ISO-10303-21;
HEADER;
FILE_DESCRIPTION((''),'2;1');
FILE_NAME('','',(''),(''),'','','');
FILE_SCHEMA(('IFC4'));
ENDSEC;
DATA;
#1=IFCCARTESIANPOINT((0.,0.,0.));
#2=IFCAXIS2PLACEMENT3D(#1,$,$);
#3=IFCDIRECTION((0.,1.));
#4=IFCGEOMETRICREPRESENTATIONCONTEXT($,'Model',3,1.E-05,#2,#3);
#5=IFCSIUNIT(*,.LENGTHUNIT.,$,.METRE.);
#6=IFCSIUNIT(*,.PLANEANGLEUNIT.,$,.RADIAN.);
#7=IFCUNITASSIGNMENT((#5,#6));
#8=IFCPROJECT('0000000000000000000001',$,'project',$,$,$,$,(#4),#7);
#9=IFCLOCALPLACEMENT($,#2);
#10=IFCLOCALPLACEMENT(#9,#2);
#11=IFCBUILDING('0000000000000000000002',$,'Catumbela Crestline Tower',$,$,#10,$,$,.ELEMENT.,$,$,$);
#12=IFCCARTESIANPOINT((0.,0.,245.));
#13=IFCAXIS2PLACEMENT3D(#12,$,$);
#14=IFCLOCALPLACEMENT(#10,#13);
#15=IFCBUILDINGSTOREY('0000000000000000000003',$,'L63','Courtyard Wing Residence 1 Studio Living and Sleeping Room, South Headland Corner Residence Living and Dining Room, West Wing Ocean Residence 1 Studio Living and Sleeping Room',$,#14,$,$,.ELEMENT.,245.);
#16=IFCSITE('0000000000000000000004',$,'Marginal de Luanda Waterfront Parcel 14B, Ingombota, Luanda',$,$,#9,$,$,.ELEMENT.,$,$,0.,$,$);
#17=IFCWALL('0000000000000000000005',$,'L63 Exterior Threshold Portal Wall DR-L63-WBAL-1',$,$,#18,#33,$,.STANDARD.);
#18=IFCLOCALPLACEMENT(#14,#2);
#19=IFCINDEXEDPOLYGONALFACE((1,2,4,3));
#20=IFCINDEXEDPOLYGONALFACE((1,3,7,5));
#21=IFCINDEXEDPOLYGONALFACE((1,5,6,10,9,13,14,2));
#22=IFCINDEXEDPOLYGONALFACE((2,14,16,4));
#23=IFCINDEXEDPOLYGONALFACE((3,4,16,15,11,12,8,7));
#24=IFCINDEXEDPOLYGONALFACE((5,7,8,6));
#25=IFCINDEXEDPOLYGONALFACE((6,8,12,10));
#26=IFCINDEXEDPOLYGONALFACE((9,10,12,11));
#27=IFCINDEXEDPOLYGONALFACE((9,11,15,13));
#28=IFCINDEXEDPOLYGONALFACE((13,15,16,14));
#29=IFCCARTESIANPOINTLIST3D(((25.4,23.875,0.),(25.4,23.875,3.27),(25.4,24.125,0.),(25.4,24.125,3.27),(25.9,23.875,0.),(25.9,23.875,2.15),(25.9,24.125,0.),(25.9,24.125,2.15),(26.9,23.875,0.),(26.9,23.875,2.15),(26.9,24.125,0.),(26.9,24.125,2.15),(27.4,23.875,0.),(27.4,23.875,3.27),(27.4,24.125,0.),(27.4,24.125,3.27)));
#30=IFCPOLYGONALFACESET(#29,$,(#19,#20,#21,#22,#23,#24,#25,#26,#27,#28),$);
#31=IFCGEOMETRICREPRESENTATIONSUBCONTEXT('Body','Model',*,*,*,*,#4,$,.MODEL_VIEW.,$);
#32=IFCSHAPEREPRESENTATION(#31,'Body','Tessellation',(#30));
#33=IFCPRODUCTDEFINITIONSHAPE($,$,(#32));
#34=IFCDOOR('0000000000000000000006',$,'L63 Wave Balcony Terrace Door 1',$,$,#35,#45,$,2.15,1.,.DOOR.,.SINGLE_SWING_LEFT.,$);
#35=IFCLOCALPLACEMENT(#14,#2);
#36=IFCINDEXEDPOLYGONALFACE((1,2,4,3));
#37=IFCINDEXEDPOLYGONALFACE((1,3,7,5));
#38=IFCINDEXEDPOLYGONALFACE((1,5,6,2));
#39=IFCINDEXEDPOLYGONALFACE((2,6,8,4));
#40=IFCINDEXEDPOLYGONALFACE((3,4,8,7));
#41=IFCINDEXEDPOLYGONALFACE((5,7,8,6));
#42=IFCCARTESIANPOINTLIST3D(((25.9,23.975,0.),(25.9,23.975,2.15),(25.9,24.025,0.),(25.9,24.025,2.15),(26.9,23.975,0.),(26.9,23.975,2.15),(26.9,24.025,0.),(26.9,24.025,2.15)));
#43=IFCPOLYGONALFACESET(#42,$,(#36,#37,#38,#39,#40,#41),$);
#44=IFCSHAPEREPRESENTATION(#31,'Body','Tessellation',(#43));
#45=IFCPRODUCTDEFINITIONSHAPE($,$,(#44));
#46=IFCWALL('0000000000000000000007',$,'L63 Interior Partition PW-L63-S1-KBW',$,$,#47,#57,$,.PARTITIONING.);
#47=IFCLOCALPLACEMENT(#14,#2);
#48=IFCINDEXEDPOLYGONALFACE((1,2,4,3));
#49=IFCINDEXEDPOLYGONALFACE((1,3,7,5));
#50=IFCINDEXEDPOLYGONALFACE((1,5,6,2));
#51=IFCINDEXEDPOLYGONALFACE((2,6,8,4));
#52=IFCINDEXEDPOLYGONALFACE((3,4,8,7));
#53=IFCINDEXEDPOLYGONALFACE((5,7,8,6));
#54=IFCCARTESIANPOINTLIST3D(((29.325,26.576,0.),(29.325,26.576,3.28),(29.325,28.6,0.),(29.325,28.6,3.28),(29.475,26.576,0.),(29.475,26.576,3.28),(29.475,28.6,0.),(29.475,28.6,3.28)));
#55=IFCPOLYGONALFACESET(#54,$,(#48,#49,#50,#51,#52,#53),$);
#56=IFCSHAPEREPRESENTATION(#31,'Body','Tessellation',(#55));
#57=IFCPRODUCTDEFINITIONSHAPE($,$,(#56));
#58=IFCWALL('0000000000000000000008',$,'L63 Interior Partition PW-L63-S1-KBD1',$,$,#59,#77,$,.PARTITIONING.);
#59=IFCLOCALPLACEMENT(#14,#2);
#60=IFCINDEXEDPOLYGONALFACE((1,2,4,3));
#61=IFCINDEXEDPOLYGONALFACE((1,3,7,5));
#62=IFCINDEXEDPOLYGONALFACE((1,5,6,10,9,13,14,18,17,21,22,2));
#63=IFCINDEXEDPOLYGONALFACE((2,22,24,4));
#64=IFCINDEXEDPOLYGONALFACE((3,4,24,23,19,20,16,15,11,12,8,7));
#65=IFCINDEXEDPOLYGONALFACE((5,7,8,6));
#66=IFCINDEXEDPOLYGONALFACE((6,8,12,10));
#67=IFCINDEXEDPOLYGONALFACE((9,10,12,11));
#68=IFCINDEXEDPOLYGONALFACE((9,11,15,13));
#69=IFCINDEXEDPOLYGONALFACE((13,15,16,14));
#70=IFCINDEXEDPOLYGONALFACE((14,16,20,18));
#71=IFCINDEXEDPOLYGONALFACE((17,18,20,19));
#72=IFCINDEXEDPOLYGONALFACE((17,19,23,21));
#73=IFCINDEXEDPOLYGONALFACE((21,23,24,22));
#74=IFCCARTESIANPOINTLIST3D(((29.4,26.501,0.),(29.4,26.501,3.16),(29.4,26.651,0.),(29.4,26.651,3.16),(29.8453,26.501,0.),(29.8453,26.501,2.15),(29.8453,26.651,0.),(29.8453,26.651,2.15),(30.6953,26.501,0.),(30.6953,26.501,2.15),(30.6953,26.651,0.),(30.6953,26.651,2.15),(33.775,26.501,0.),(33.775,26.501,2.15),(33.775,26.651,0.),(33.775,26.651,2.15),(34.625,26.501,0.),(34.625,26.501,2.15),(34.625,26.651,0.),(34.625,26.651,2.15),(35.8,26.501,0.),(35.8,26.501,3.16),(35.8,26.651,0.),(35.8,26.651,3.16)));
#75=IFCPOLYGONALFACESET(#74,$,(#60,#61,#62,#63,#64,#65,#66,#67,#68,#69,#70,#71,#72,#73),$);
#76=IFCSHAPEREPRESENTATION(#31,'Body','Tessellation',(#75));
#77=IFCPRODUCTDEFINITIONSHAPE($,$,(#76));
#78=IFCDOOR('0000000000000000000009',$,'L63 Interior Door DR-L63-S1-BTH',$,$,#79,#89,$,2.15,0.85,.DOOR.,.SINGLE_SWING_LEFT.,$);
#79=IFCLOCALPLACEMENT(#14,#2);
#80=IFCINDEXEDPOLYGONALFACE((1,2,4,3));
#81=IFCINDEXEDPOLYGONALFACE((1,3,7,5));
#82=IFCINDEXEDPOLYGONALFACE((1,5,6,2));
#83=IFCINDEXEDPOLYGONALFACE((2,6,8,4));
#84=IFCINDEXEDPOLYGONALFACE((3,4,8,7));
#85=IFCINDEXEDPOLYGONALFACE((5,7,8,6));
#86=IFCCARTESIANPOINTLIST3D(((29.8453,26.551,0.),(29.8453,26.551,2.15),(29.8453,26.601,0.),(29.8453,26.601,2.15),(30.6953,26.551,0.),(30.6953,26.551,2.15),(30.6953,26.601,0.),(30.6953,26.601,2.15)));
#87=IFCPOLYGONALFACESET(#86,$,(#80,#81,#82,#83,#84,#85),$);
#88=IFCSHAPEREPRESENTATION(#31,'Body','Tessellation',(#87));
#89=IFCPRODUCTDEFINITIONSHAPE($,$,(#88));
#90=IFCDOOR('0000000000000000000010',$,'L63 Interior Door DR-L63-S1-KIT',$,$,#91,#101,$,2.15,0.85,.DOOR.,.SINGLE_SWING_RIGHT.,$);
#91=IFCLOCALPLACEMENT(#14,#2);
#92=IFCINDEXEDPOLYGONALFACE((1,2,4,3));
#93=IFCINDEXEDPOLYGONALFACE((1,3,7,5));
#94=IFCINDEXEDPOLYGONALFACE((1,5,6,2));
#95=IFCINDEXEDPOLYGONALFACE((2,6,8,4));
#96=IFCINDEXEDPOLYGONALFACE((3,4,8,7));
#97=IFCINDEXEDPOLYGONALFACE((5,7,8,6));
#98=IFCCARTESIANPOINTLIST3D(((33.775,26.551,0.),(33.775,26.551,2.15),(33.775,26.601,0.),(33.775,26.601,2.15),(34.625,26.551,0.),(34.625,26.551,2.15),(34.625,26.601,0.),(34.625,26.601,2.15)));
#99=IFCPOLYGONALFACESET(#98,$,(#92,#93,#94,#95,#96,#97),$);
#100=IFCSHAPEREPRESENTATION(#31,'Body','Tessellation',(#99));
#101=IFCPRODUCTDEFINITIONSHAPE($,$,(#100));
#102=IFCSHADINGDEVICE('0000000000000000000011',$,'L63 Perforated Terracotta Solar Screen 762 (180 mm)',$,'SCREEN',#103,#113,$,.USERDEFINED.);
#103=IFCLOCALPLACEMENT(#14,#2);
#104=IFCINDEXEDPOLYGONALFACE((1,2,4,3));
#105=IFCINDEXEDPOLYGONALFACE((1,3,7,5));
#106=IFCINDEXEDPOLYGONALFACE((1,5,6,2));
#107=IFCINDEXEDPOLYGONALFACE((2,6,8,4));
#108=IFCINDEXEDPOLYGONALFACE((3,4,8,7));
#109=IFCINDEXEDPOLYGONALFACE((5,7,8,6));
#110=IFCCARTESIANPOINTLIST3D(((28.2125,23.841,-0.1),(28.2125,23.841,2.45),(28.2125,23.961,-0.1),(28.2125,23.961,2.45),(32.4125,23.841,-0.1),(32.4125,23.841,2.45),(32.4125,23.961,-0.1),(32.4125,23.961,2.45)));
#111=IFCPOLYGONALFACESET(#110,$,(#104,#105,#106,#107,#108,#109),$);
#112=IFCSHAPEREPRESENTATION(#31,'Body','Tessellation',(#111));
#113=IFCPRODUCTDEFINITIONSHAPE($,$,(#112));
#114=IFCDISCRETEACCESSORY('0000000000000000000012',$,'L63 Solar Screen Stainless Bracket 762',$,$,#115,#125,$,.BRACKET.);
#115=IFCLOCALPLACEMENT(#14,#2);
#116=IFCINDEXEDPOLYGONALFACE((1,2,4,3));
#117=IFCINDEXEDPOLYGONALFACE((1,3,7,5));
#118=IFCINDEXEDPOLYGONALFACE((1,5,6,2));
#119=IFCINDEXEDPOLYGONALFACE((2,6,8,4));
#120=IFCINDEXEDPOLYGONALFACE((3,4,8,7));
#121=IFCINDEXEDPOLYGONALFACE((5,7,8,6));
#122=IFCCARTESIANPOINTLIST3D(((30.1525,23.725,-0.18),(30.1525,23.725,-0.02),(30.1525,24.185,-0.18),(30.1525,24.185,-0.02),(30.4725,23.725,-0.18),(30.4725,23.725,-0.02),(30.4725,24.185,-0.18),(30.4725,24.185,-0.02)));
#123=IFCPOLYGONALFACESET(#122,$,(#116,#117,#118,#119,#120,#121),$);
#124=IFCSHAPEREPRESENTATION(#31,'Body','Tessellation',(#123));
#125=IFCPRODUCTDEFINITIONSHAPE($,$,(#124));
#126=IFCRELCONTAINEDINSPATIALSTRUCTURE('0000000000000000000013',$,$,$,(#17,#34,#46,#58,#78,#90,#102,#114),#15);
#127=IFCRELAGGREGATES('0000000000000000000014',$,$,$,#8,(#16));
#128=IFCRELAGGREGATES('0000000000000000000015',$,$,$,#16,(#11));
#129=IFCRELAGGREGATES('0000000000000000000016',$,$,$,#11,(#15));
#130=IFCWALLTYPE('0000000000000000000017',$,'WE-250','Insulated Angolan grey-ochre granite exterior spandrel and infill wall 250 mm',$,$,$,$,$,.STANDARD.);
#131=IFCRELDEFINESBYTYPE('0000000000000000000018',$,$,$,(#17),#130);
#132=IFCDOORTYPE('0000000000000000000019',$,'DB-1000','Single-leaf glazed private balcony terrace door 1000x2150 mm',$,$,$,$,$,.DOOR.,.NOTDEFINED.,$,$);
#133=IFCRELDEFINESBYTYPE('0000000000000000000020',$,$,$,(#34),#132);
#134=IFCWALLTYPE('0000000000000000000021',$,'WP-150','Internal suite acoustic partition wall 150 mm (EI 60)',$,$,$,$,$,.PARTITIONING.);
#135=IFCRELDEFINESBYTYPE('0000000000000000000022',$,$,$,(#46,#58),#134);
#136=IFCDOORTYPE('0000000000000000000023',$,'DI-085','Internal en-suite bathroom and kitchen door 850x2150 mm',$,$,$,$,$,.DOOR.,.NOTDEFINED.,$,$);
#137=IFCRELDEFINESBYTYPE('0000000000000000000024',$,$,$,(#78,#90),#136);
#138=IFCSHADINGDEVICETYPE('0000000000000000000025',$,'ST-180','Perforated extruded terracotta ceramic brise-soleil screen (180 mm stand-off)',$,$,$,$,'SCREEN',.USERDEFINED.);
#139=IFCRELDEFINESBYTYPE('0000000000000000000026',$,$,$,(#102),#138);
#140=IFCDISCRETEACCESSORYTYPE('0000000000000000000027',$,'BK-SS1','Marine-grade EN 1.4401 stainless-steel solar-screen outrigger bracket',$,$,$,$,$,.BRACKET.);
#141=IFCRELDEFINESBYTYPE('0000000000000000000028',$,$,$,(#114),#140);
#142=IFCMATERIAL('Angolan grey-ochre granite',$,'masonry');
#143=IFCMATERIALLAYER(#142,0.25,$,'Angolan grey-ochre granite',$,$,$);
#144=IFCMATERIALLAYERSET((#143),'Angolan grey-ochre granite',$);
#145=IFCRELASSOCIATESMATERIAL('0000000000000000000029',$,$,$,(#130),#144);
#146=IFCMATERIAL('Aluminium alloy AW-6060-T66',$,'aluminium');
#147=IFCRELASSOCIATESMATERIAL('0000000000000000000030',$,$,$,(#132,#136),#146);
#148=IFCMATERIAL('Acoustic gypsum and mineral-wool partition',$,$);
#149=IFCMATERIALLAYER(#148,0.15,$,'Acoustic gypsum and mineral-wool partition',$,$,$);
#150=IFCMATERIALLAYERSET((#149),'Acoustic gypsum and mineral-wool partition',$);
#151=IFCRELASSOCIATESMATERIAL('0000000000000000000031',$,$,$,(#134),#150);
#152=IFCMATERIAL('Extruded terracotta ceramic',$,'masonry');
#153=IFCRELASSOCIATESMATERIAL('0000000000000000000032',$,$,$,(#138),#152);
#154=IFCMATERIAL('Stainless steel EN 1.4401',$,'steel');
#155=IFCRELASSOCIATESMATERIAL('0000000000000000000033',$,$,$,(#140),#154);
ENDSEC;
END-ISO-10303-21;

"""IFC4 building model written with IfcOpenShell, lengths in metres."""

from ifc_helpers import new_model, si_unit, direction, frame, frame_2d, origin, origin_2d, place, context, subcontext, project, spatial, rectangle, extrude, material, layer, layer_set, type_object, element, fill, save


model = new_model("IFC4")

# Units and contexts
model_context = context("Model", 3, precision=1e-05, world=origin(), true_north=direction((0.0, 1.0)))
body_context = subcontext(model_context, "Body", "Model", "MODEL_VIEW")
ifc_project = project(units=[si_unit("LENGTHUNIT", "METRE"), si_unit("PLANEANGLEUNIT", "RADIAN")], contexts=[model_context])

# Site, building, storey
site_placement = place(None, origin())
site = spatial("IfcSite", under=ifc_project, at=site_placement, Name="Marginal de Luanda Waterfront Parcel 14B, Ingombota, Luanda", CompositionType="ELEMENT", RefElevation=0.0)
building_placement = place(site_placement, origin())
building = spatial("IfcBuilding", under=site, at=building_placement, Name="Catumbela Crestline Tower", CompositionType="ELEMENT")
storey_placement = place(building_placement, frame((0.0, 0.0, 245.0)))
storey = spatial("IfcBuildingStorey", under=building, at=storey_placement, Name="L63", Description="Courtyard Wing Residence 1 Studio Living and Sleeping Room, South Headland Corner Residence Living and Dining Room, West Wing Ocean Residence 1 Studio Living and Sleeping Room", CompositionType="ELEMENT", Elevation=245.0)

# Shared definitions
ifc_material_1 = material(Name="Aluminium alloy AW-6060-T66", Category="aluminium")

# Wall, opening, door
ifc_material_2 = material(Name="Angolan grey-ochre granite", Category="masonry")
ifc_layer_1 = layer(ifc_material_2, 0.25, Name="Angolan grey-ochre granite")
ifc_layer_set_1 = layer_set([ifc_layer_1], Name="Angolan grey-ochre granite")
wall_type_1 = type_object("IfcWallType", Name="WE-250", Description="Insulated Angolan grey-ochre granite exterior spandrel and infill wall 250 mm", PredefinedType="STANDARD", material=ifc_layer_set_1)
wall_1_placement = place(storey_placement, frame((25.4, 24.0, 0.0), z_axis=(0.0, 0.0, 1.0), x_axis=(1.0, 0.0, 0.0)))
wall_1 = element("IfcWall", 1, at=wall_1_placement, inside=storey, type_object=wall_type_1, Name="L63 Exterior Threshold Portal Wall DR-L63-WBAL-1", PredefinedType="STANDARD", context=body_context, shape_type="SweptSolid", body=[
    extrude(rectangle(XDim=2.0, YDim=0.25, at=frame_2d((1.0, 0.0))), origin(), (0.0, 0.0, 1.0), 3.27),
])
opening_1_placement = place(wall_1_placement, frame((0.5, 0.0, 0.0)))
opening_1 = element("IfcOpeningElement", 2, at=opening_1_placement, cuts=wall_1, PredefinedType="OPENING", context=body_context, shape_type="SweptSolid", body=[
    extrude(rectangle(XDim=1.0, YDim=2.15, at=frame_2d((0.5, 1.075))), frame((0.0, 0.135, 0.0), z_axis=(0.0, -1.0, 0.0), x_axis=(1.0, 0.0, 0.0)), (0.0, 0.0, 1.0), 0.27),
])
door_type_1 = type_object("IfcDoorType", Name="DB-1000", Description="Single-leaf glazed private balcony terrace door 1000x2150 mm", OperationType="NOTDEFINED", PredefinedType="DOOR", material=ifc_material_1)
door_1_placement = place(opening_1_placement, origin())
door_1 = element("IfcDoor", 3, at=door_1_placement, inside=storey, type_object=door_type_1, Name="L63 Wave Balcony Terrace Door 1", OperationType="SINGLE_SWING_LEFT", OverallHeight=2.15, OverallWidth=1.0, PredefinedType="DOOR", context=body_context, shape_type="SweptSolid", body=[
    extrude(rectangle(XDim=1.0, YDim=2.15, at=frame_2d((0.5, 1.075))), frame((0.0, 0.025, 0.0), z_axis=(0.0, -1.0, 0.0), x_axis=(1.0, 0.0, 0.0)), (0.0, 0.0, 1.0), 0.05),
])
fill(opening_1, door_1)

# Wall
ifc_material_3 = material(Name="Acoustic gypsum and mineral-wool partition")
ifc_layer_2 = layer(ifc_material_3, 0.15, Name="Acoustic gypsum and mineral-wool partition")
ifc_layer_set_2 = layer_set([ifc_layer_2], Name="Acoustic gypsum and mineral-wool partition")
wall_type_2 = type_object("IfcWallType", Name="WP-150", Description="Internal suite acoustic partition wall 150 mm (EI 60)", PredefinedType="PARTITIONING", material=ifc_layer_set_2)
wall_2_placement = place(storey_placement, frame((29.4, 26.576, 0.0), z_axis=(0.0, 0.0, 1.0), x_axis=(0.0, 1.0, 0.0)))
element("IfcWall", 4, at=wall_2_placement, inside=storey, type_object=wall_type_2, Name="L63 Interior Partition PW-L63-S1-KBW", PredefinedType="PARTITIONING", context=body_context, shape_type="SweptSolid", body=[
    extrude(rectangle(XDim=2.024, YDim=0.15, at=frame_2d((1.012, 0.0))), origin(), (0.0, 0.0, 1.0), 3.28),
])

# Wall, openings, doors
wall_3_placement = place(storey_placement, frame((29.4, 26.576, 0.0), z_axis=(0.0, 0.0, 1.0), x_axis=(1.0, 0.0, 0.0)))
wall_3 = element("IfcWall", 5, at=wall_3_placement, inside=storey, type_object=wall_type_2, Name="L63 Interior Partition PW-L63-S1-KBD1", PredefinedType="PARTITIONING", context=body_context, shape_type="SweptSolid", body=[
    extrude(rectangle(XDim=6.4, YDim=0.15, at=frame_2d((3.2, 0.0))), origin(), (0.0, 0.0, 1.0), 3.16),
])
opening_2_placement = place(wall_3_placement, frame((0.4453, 0.0, 0.0)))
opening_2 = element("IfcOpeningElement", 6, at=opening_2_placement, cuts=wall_3, PredefinedType="OPENING", context=body_context, shape_type="SweptSolid", body=[
    extrude(rectangle(XDim=0.85, YDim=2.15, at=frame_2d((0.425, 1.075))), frame((0.0, 0.085, 0.0), z_axis=(0.0, -1.0, 0.0), x_axis=(1.0, 0.0, 0.0)), (0.0, 0.0, 1.0), 0.17),
])
opening_3_placement = place(wall_3_placement, frame((4.375, 0.0, 0.0)))
opening_3 = element("IfcOpeningElement", 7, at=opening_3_placement, cuts=wall_3, PredefinedType="OPENING", context=body_context, shape_type="SweptSolid", body=[
    extrude(rectangle(XDim=0.85, YDim=2.15, at=frame_2d((0.425, 1.075))), frame((0.0, 0.085, 0.0), z_axis=(0.0, -1.0, 0.0), x_axis=(1.0, 0.0, 0.0)), (0.0, 0.0, 1.0), 0.17),
])
door_type_2 = type_object("IfcDoorType", Name="DI-085", Description="Internal en-suite bathroom and kitchen door 850x2150 mm", OperationType="NOTDEFINED", PredefinedType="DOOR", material=ifc_material_1)
door_2_placement = place(opening_2_placement, origin())
door_2 = element("IfcDoor", 8, at=door_2_placement, inside=storey, type_object=door_type_2, Name="L63 Interior Door DR-L63-S1-BTH", OperationType="SINGLE_SWING_LEFT", OverallHeight=2.15, OverallWidth=0.85, PredefinedType="DOOR", context=body_context, shape_type="SweptSolid", body=[
    extrude(rectangle(XDim=0.85, YDim=2.15, at=frame_2d((0.425, 1.075))), frame((0.0, 0.025, 0.0), z_axis=(0.0, -1.0, 0.0), x_axis=(1.0, 0.0, 0.0)), (0.0, 0.0, 1.0), 0.05),
])
fill(opening_2, door_2)
door_3_placement = place(opening_3_placement, origin())
door_3 = element("IfcDoor", 9, at=door_3_placement, inside=storey, type_object=door_type_2, Name="L63 Interior Door DR-L63-S1-KIT", OperationType="SINGLE_SWING_RIGHT", OverallHeight=2.15, OverallWidth=0.85, PredefinedType="DOOR", context=body_context, shape_type="SweptSolid", body=[
    extrude(rectangle(XDim=0.85, YDim=2.15, at=frame_2d((0.425, 1.075))), frame((0.0, 0.025, 0.0), z_axis=(0.0, -1.0, 0.0), x_axis=(1.0, 0.0, 0.0)), (0.0, 0.0, 1.0), 0.05),
])
fill(opening_3, door_3)

# Shading device
ifc_material_4 = material(Name="Extruded terracotta ceramic", Category="masonry")
shading_device_type = type_object("IfcShadingDeviceType", Name="ST-180", Description="Perforated extruded terracotta ceramic brise-soleil screen (180 mm stand-off)", ElementType="SCREEN", PredefinedType="USERDEFINED", material=ifc_material_4)
shading_device_placement = place(storey_placement, frame((30.3125, 23.901, -0.1), z_axis=(0.0, 0.0, 1.0), x_axis=(1.0, 0.0, 0.0)))
element("IfcShadingDevice", 10, at=shading_device_placement, inside=storey, type_object=shading_device_type, Name="L63 Perforated Terracotta Solar Screen 762 (180 mm)", ObjectType="SCREEN", PredefinedType="USERDEFINED", context=body_context, shape_type="SweptSolid", body=[
    extrude(rectangle(XDim=4.2, YDim=0.12, at=origin_2d()), origin(), (0.0, 0.0, 1.0), 2.55),
])

# Discrete accessory
ifc_material_5 = material(Name="Stainless steel EN 1.4401", Category="steel")
discrete_accessory_type = type_object("IfcDiscreteAccessoryType", Name="BK-SS1", Description="Marine-grade EN 1.4401 stainless-steel solar-screen outrigger bracket", PredefinedType="BRACKET", material=ifc_material_5)
discrete_accessory_placement = place(storey_placement, frame((30.3125, 23.955, -0.18), z_axis=(0.0, 0.0, 1.0), x_axis=(1.0, 0.0, 0.0)))
element("IfcDiscreteAccessory", 11, at=discrete_accessory_placement, inside=storey, type_object=discrete_accessory_type, Name="L63 Solar Screen Stainless Bracket 762", PredefinedType="BRACKET", context=body_context, shape_type="SweptSolid", body=[
    extrude(rectangle(XDim=0.32, YDim=0.46, at=origin_2d()), origin(), (0.0, 0.0, 1.0), 0.16),
])

save(model, "model.ifc")
